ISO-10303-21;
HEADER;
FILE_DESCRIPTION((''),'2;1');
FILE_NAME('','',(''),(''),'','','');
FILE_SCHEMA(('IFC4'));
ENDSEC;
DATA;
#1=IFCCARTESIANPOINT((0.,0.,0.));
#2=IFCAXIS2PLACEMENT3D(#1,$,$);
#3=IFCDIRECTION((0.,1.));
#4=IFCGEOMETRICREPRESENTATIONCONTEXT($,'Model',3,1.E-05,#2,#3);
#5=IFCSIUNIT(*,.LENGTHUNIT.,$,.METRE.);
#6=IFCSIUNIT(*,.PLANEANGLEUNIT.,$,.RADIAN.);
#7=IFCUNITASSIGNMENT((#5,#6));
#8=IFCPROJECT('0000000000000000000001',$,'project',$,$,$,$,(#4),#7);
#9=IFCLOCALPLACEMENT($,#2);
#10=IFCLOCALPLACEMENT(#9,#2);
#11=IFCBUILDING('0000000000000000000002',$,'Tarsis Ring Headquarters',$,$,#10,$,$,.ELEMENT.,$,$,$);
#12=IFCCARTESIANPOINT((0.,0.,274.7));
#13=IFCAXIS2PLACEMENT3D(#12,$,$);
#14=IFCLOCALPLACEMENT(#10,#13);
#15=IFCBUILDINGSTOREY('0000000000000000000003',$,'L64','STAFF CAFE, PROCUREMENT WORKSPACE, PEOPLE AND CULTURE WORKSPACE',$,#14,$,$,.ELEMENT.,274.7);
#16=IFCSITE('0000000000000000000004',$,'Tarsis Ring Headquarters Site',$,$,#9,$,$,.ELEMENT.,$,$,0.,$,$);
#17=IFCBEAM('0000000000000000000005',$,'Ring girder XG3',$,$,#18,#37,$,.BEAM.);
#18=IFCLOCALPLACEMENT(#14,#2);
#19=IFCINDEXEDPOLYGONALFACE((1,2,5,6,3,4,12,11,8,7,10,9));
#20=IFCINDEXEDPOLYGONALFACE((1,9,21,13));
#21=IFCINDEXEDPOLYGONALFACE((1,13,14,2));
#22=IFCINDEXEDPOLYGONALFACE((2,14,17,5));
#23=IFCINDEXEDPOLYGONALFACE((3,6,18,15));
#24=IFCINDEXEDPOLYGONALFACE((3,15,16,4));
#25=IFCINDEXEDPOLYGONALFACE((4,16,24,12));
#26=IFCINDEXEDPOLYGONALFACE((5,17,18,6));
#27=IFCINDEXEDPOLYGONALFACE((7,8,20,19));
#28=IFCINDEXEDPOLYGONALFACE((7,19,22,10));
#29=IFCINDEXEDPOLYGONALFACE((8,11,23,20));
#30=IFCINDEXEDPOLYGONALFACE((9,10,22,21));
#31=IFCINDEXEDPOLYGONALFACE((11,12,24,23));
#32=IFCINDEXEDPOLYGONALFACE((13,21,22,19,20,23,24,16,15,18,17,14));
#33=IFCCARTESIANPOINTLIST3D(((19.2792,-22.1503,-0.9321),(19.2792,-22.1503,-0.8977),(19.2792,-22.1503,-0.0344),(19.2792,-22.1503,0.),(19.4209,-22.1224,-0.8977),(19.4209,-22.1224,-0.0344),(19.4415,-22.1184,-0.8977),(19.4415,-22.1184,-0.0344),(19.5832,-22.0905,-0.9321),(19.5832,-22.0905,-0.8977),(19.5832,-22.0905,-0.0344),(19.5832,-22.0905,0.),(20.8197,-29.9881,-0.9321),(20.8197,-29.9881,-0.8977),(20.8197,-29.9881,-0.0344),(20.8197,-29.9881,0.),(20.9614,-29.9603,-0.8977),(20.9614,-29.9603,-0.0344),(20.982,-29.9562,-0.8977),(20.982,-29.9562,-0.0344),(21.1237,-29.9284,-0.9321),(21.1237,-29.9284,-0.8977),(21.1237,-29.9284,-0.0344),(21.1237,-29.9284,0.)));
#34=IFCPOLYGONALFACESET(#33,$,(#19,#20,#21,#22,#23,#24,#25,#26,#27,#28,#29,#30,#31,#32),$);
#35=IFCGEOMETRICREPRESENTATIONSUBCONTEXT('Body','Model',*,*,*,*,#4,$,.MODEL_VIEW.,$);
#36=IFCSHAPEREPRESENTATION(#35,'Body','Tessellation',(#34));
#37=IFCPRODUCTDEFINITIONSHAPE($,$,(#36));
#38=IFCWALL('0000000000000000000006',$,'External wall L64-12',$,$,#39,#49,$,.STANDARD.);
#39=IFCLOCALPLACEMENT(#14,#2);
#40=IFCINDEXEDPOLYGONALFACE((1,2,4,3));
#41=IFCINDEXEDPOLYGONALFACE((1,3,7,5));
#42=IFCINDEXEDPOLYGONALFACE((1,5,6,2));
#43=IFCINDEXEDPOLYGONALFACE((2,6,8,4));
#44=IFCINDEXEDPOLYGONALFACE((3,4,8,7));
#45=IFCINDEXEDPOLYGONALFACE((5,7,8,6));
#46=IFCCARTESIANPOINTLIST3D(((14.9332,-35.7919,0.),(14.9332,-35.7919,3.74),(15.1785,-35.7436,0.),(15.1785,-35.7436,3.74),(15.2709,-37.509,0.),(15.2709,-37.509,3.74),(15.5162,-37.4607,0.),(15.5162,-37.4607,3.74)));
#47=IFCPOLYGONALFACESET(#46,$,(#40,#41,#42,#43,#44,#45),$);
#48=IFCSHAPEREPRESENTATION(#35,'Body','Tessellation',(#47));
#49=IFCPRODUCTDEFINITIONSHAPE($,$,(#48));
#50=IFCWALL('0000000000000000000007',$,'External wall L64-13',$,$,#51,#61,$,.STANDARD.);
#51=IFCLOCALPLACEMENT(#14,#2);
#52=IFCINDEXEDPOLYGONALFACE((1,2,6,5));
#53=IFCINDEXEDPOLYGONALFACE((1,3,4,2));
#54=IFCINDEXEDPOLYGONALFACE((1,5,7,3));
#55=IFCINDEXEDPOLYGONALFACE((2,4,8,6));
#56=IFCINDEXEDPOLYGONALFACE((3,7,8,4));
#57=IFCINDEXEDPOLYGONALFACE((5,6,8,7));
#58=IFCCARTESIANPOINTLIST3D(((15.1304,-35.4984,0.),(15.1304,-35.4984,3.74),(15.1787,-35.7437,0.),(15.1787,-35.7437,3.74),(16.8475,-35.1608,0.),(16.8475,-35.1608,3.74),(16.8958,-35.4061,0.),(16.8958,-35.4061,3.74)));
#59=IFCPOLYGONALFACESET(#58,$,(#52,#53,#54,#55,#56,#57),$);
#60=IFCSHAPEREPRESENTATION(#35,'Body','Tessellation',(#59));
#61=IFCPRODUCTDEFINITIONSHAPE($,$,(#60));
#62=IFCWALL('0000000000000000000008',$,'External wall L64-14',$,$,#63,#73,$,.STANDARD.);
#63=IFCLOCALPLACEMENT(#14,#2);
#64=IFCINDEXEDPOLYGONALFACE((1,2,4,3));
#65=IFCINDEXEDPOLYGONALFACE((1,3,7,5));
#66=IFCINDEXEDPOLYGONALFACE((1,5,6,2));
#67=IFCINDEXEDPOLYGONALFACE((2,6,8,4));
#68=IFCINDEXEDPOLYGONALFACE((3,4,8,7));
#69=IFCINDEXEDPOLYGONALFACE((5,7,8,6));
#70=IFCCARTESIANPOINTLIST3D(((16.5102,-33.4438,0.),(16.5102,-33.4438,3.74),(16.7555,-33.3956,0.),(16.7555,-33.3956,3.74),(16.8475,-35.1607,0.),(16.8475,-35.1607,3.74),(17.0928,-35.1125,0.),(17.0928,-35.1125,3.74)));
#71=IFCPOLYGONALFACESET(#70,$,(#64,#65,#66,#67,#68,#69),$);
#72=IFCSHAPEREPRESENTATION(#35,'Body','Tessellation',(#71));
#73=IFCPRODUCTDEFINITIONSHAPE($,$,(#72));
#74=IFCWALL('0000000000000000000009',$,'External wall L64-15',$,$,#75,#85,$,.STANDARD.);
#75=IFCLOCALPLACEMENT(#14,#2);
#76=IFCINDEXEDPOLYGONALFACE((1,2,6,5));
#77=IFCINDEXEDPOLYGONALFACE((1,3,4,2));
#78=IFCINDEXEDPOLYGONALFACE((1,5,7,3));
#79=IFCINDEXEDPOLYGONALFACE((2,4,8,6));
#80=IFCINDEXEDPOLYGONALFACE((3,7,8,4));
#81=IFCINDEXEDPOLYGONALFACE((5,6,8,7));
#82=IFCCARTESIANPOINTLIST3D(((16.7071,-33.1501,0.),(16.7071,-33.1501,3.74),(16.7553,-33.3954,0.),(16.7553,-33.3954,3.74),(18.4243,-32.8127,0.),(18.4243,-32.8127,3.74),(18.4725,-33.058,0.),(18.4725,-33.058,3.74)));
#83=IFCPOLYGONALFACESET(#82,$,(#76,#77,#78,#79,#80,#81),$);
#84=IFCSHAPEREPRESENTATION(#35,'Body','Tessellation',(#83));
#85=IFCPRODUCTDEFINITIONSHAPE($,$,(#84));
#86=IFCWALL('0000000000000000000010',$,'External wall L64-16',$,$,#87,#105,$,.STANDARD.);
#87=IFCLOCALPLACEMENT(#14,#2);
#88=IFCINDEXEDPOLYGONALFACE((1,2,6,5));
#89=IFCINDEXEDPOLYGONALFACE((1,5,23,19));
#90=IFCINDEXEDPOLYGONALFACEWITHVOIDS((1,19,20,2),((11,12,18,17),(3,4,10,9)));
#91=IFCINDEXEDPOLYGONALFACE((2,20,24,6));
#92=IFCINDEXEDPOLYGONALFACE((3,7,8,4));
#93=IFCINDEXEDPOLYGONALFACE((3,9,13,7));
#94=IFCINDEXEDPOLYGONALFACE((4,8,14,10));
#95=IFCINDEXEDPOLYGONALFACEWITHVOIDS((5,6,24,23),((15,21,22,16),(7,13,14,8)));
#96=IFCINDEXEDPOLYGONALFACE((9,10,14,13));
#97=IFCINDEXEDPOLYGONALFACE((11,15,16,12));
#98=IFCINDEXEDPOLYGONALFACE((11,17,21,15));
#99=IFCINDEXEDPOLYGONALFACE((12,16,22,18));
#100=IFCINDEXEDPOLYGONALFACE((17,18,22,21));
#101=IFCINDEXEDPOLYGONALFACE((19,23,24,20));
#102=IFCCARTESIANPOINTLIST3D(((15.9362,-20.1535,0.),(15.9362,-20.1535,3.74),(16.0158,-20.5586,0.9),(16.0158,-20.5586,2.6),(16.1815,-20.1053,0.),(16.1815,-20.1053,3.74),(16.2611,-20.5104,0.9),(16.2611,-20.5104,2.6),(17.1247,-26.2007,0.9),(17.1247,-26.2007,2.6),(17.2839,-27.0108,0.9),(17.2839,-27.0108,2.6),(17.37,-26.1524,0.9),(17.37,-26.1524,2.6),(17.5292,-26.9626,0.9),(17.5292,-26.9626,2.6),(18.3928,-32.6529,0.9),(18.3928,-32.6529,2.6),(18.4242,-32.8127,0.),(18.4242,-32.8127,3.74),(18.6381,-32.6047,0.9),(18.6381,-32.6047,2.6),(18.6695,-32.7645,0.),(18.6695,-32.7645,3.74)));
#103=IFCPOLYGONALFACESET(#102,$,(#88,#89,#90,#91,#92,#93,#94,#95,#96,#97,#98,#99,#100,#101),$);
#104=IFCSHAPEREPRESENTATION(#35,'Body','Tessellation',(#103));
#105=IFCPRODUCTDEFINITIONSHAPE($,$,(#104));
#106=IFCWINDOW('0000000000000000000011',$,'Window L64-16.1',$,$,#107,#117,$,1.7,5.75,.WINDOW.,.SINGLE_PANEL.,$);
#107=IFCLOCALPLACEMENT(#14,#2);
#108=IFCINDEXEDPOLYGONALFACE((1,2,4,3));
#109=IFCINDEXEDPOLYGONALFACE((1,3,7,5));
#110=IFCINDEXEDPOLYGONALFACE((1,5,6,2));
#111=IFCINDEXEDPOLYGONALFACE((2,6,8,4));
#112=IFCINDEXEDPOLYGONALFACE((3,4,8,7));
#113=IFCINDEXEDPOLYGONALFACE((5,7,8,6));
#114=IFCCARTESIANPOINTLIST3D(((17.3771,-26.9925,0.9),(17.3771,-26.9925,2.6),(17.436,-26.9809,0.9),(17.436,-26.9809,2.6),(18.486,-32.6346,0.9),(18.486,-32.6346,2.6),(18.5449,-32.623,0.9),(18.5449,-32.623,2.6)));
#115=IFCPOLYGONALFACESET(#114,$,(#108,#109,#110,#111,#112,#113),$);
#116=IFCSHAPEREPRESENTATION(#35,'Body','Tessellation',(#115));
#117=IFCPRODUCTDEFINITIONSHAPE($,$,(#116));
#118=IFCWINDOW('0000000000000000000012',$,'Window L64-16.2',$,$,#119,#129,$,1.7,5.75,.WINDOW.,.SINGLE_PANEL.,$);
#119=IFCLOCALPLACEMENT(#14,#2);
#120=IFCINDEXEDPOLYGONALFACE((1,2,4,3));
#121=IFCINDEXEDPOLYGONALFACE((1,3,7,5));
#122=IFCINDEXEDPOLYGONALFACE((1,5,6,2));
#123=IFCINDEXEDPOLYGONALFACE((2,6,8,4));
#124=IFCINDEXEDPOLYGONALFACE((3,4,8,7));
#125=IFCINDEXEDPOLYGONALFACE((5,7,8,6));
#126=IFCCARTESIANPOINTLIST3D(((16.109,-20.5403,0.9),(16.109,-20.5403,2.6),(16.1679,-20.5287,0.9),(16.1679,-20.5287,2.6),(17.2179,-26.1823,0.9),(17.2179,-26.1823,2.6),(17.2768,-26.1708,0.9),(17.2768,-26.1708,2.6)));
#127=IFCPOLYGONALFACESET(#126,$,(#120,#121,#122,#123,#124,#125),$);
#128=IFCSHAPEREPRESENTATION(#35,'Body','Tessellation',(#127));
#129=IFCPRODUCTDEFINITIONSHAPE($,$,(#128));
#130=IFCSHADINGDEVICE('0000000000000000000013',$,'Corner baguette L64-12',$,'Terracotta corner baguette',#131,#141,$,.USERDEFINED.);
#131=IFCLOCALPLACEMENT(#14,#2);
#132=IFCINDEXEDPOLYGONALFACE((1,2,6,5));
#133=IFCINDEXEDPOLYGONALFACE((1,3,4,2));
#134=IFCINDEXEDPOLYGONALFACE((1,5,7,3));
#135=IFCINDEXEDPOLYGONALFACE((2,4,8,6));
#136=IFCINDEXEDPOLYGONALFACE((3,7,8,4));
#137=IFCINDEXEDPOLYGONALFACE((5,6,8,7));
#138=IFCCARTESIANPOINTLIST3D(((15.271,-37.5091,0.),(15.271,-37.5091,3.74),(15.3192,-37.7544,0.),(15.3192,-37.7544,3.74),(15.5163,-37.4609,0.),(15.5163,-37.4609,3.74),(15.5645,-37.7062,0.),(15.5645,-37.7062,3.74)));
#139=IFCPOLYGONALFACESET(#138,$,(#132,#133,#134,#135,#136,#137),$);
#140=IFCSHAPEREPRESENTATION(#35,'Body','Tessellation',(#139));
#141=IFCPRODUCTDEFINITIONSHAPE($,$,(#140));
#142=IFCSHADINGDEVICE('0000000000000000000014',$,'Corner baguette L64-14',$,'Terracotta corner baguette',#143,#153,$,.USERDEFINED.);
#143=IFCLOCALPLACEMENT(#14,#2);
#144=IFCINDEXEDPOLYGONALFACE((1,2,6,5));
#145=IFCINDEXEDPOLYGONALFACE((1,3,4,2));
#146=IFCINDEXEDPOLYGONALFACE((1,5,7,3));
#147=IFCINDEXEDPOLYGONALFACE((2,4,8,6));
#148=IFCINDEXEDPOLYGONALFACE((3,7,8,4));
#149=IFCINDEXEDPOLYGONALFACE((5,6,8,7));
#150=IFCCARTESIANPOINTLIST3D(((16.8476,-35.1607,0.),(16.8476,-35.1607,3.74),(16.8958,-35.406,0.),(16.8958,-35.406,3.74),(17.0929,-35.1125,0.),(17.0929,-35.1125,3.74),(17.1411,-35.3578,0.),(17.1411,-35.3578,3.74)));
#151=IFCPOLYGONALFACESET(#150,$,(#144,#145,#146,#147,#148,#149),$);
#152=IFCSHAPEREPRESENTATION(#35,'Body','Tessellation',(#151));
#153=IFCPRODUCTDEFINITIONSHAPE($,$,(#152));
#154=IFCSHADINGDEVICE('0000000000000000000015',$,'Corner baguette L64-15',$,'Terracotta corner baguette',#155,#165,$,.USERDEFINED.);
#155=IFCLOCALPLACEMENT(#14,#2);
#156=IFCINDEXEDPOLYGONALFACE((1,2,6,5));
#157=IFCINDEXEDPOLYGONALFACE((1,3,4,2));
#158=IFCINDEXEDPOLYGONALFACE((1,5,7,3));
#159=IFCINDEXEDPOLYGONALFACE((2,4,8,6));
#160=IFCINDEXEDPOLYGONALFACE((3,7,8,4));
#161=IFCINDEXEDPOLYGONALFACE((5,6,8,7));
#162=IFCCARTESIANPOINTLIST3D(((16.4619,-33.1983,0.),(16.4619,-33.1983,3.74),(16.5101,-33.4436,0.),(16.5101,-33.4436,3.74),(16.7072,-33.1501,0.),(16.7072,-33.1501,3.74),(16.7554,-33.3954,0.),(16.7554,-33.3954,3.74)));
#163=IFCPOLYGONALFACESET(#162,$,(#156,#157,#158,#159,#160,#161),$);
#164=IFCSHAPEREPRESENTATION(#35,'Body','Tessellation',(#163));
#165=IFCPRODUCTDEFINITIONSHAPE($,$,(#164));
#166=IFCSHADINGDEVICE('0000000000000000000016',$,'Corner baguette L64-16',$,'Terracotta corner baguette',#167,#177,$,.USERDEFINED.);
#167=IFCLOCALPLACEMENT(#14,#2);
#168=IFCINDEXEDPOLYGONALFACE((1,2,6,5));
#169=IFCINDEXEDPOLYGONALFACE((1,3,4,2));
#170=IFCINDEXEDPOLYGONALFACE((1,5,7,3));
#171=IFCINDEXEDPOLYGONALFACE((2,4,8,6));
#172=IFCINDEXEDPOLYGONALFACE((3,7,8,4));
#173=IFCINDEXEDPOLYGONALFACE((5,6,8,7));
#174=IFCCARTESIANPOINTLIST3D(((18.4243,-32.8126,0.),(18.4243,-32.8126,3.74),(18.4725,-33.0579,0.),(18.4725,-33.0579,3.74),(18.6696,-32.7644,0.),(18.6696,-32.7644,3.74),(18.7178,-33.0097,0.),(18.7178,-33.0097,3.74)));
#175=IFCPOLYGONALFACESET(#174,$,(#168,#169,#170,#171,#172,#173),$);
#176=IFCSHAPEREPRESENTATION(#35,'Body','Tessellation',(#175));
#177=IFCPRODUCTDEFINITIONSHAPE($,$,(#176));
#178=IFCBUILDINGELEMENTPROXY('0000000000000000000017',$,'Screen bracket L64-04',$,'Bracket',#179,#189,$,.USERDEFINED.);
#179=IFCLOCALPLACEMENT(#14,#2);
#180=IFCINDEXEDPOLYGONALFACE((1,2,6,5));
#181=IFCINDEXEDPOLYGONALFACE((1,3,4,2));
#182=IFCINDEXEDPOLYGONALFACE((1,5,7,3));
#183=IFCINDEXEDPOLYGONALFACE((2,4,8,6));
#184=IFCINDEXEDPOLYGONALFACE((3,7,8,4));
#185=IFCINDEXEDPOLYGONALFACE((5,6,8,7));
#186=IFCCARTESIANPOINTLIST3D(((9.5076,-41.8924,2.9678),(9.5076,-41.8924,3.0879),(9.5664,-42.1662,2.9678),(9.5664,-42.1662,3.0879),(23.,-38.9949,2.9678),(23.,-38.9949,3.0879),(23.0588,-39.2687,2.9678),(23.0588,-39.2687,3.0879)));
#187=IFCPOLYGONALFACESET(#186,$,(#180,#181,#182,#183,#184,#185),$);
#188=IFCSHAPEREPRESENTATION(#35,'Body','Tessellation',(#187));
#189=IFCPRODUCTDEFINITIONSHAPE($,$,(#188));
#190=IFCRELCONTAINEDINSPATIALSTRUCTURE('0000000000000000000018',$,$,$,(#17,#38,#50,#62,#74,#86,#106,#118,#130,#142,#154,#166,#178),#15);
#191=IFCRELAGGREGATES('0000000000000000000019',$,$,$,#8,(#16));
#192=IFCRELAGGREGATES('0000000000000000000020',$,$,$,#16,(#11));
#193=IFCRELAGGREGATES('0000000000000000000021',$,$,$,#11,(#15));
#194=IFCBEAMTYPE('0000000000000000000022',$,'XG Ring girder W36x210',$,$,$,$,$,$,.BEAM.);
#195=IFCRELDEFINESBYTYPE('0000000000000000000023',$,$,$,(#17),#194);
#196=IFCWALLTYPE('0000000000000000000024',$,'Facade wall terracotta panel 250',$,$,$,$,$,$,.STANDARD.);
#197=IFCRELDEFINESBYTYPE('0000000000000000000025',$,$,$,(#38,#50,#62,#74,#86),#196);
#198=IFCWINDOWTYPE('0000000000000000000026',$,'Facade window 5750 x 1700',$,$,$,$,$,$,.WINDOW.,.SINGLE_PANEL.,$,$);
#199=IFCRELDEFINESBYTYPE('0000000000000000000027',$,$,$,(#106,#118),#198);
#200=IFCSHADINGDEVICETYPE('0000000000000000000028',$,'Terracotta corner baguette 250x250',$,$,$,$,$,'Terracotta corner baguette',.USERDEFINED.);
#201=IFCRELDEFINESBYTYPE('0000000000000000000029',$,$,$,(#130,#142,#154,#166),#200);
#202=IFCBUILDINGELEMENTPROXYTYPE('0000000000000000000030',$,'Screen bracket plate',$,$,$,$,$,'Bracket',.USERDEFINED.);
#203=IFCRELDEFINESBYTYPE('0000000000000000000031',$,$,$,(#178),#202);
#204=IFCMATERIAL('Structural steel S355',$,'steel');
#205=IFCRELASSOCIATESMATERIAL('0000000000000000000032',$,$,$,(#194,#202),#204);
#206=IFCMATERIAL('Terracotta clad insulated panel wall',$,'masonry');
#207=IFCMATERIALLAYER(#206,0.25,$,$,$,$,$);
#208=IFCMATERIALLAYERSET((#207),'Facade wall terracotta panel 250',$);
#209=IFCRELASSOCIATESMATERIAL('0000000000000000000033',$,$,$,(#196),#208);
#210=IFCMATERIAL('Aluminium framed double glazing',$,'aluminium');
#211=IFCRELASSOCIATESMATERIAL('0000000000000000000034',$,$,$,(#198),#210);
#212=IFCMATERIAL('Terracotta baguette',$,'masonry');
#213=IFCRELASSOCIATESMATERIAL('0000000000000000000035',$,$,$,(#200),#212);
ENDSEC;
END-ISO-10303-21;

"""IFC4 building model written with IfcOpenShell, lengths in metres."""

from ifc_helpers import new_model, si_unit, direction, frame, frame_2d, origin, origin_2d, place, context, subcontext, project, spatial, rectangle, i_section, extrude, material, layer, layer_set, material_profile, profile_set, type_object, element, fill, save


model = new_model("IFC4")

# Units and contexts
model_context = context("Model", 3, precision=1e-05, world=origin(), true_north=direction((0.0, 1.0)))
body_context = subcontext(model_context, "Body", "Model", "MODEL_VIEW")
ifc_project = project(units=[si_unit("LENGTHUNIT", "METRE"), si_unit("PLANEANGLEUNIT", "RADIAN")], contexts=[model_context])

# Site, building, storey
site_placement = place(None, origin())
site = spatial("IfcSite", under=ifc_project, at=site_placement, Name="Tarsis Ring Headquarters Site", CompositionType="ELEMENT", RefElevation=0.0)
building_placement = place(site_placement, origin())
building = spatial("IfcBuilding", under=site, at=building_placement, Name="Tarsis Ring Headquarters", CompositionType="ELEMENT")
storey_placement = place(building_placement, frame((0.0, 0.0, 274.7)))
storey = spatial("IfcBuildingStorey", under=building, at=storey_placement, Name="L64", Description="STAFF CAFE, PROCUREMENT WORKSPACE, PEOPLE AND CULTURE WORKSPACE", CompositionType="ELEMENT", Elevation=274.7)

# Shared definitions
ifc_material_1 = material(Name="Structural steel S355", Category="steel")

# Beam
ifc_material_profile_1 = material_profile(ifc_material_1, i_section(OverallWidth=0.3098, OverallDepth=0.9321, WebThickness=0.021, FlangeThickness=0.0344, at=origin_2d()), Name="W36x210")
ifc_profile_set_1 = profile_set([ifc_material_profile_1], Name="Structural steel S355")
beam_type = type_object("IfcBeamType", Name="XG Ring girder W36x210", PredefinedType="BEAM", material=ifc_profile_set_1)
for number, where, z_axis, x_axis, name in (
    (1, (20.9717, -29.9583, -0.4661), (-0.192859, 0.981227, 0.0), (-0.981227, -0.192859, 0.0), "Ring girder XG3"),
):
    element("IfcBeam", number, at=place(storey_placement, frame(where, z_axis=z_axis, x_axis=x_axis)), inside=storey, type_object=beam_type, Name=name, PredefinedType="BEAM", context=body_context, shape_type="SweptSolid", body=[
        extrude(i_section(OverallWidth=0.3098, OverallDepth=0.9321, WebThickness=0.021, FlangeThickness=0.0344, at=origin_2d()), origin(), (0.0, 0.0, 1.0), 7.9878),
    ])

# Walls
ifc_material_2 = material(Name="Terracotta clad insulated panel wall", Category="masonry")
ifc_layer = layer(ifc_material_2, 0.25)
ifc_layer_set = layer_set([ifc_layer], Name="Facade wall terracotta panel 250")
wall_type = type_object("IfcWallType", Name="Facade wall terracotta panel 250", PredefinedType="STANDARD", material=ifc_layer_set)
for number, where, z_axis, x_axis, name in (
    (2, (15.3936, -37.4849, 0.0), (0.0, 0.0, 1.0), (-0.192949, 0.981209, 0.0), "External wall L64-12"),
    (3, (15.1545, -35.6211, 0.0), (0.0, 0.0, 1.0), (0.981209, 0.192949, 0.0), "External wall L64-13"),
):
    element("IfcWall", number, at=place(storey_placement, frame(where, z_axis=z_axis, x_axis=x_axis)), inside=storey, type_object=wall_type, Name=name, PredefinedType="STANDARD", context=body_context, shape_type="SweptSolid", body=[
        extrude(rectangle(XDim=1.75, YDim=0.25, at=frame_2d((0.875, 0.0))), origin(), (0.0, 0.0, 1.0), 3.74),
    ])
wall_1_placement = place(storey_placement, frame((16.9702, -35.1367, 0.0), z_axis=(0.0, 0.0, 1.0), x_axis=(-0.192815, 0.981235, 0.0)))
element("IfcWall", 4, at=wall_1_placement, inside=storey, type_object=wall_type, Name="External wall L64-14", PredefinedType="STANDARD", context=body_context, shape_type="SweptSolid", body=[
    extrude(rectangle(XDim=1.7498, YDim=0.25, at=frame_2d((0.875, 0.0))), origin(), (0.0, 0.0, 1.0), 3.74),
])
wall_2_placement = place(storey_placement, frame((16.7312, -33.2727, 0.0), z_axis=(0.0, 0.0, 1.0), x_axis=(0.98124, 0.192788, 0.0)))
element("IfcWall", 5, at=wall_2_placement, inside=storey, type_object=wall_type, Name="External wall L64-15", PredefinedType="STANDARD", context=body_context, shape_type="SweptSolid", body=[
    extrude(rectangle(XDim=1.75, YDim=0.25, at=frame_2d((0.875, 0.0))), origin(), (0.0, 0.0, 1.0), 3.74),
])

# Wall, openings, windows
wall_3_placement = place(storey_placement, frame((18.5469, -32.7886, 0.0), z_axis=(0.0, 0.0, 1.0), x_axis=(-0.192851, 0.981228, 0.0)))
wall_3 = element("IfcWall", 6, at=wall_3_placement, inside=storey, type_object=wall_type, Name="External wall L64-16", PredefinedType="STANDARD", context=body_context, shape_type="SweptSolid", body=[
    extrude(rectangle(XDim=12.9014, YDim=0.25, at=frame_2d((6.4507, 0.0))), origin(), (0.0, 0.0, 1.0), 3.74),
])
opening_1_placement = place(wall_3_placement, frame((0.1628, 0.0, 0.8999)))
opening_1 = element("IfcOpeningElement", 7, at=opening_1_placement, cuts=wall_3, PredefinedType="OPENING", context=body_context, shape_type="SweptSolid", body=[
    extrude(rectangle(XDim=5.75, YDim=1.7, at=frame_2d((2.875, 0.8501))), frame((0.0, 0.135, 0.0), z_axis=(0.0, -1.0, 0.0), x_axis=(1.0, 0.0, 0.0)), (0.0, 0.0, 1.0), 0.27),
])
opening_2_placement = place(wall_3_placement, frame((6.7385, 0.0, 0.8999)))
opening_2 = element("IfcOpeningElement", 8, at=opening_2_placement, cuts=wall_3, PredefinedType="OPENING", context=body_context, shape_type="SweptSolid", body=[
    extrude(rectangle(XDim=5.75, YDim=1.7, at=frame_2d((2.875, 0.8501))), frame((0.0, 0.135, 0.0), z_axis=(0.0, -1.0, 0.0), x_axis=(1.0, 0.0, 0.0)), (0.0, 0.0, 1.0), 0.27),
])
ifc_material_3 = material(Name="Aluminium framed double glazing", Category="aluminium")
window_type = type_object("IfcWindowType", Name="Facade window 5750 x 1700", PartitioningType="SINGLE_PANEL", PredefinedType="WINDOW", material=ifc_material_3)
window_1_placement = place(opening_1_placement, origin())
window_1 = element("IfcWindow", 9, at=window_1_placement, inside=storey, type_object=window_type, Name="Window L64-16.1", OverallHeight=1.7, OverallWidth=5.75, PartitioningType="SINGLE_PANEL", PredefinedType="WINDOW", context=body_context, shape_type="SweptSolid", body=[
    extrude(rectangle(XDim=5.75, YDim=1.7, at=frame_2d((2.875, 0.8501))), frame((0.0, 0.03, 0.0), z_axis=(0.0, -1.0, 0.0), x_axis=(1.0, 0.0, 0.0)), (0.0, 0.0, 1.0), 0.0601),
])
fill(opening_1, window_1)
window_2_placement = place(opening_2_placement, origin())
window_2 = element("IfcWindow", 10, at=window_2_placement, inside=storey, type_object=window_type, Name="Window L64-16.2", OverallHeight=1.7, OverallWidth=5.75, PartitioningType="SINGLE_PANEL", PredefinedType="WINDOW", context=body_context, shape_type="SweptSolid", body=[
    extrude(rectangle(XDim=5.75, YDim=1.7, at=frame_2d((2.875, 0.8501))), frame((0.0, 0.03, 0.0), z_axis=(0.0, -1.0, 0.0), x_axis=(1.0, 0.0, 0.0)), (0.0, 0.0, 1.0), 0.0601),
])
fill(opening_2, window_2)

# Shading devices
ifc_material_4 = material(Name="Terracotta baguette", Category="masonry")
shading_device_type_1 = type_object("IfcShadingDeviceType", Name="Terracotta corner baguette 250x250", ElementType="Terracotta corner baguette", PredefinedType="USERDEFINED", material=ifc_material_4)
for number, where, z_axis, x_axis, name in (
    (11, (15.4177, -37.6077, 0.0), (0.0, 0.0, 1.0), (0.981225, 0.192864, 0.0), "Corner baguette L64-12"),
    (12, (16.9944, -35.2593, 0.0), (0.0, 0.0, 1.0), (0.981225, 0.192865, 0.0), "Corner baguette L64-14"),
    (13, (16.6086, -33.2969, 0.0), (0.0, 0.0, 1.0), (-0.192865, 0.981225, 0.0), "Corner baguette L64-15"),
    (14, (18.571, -32.9111, 0.0), (0.0, 0.0, 1.0), (0.981225, 0.192864, 0.0), "Corner baguette L64-16"),
):
    element("IfcShadingDevice", number, at=place(storey_placement, frame(where, z_axis=z_axis, x_axis=x_axis)), inside=storey, type_object=shading_device_type_1, Name=name, ObjectType="Terracotta corner baguette", PredefinedType="USERDEFINED", context=body_context, shape_type="SweptSolid", body=[
        extrude(rectangle(XDim=0.25, YDim=0.25, at=origin_2d()), origin(), (0.0, 0.0, 1.0), 3.74),
    ])

# Building element proxy
building_element_proxy_type = type_object("IfcBuildingElementProxyType", Name="Screen bracket plate", ElementType="Bracket", PredefinedType="USERDEFINED", material=ifc_material_1)
proxy_placement = place(storey_placement, frame((16.2832, -40.5806, 2.9678), z_axis=(0.0, 0.0, 1.0), x_axis=(0.97771, 0.20996, 0.0)))
element("IfcBuildingElementProxy", 15, at=proxy_placement, inside=storey, type_object=building_element_proxy_type, Name="Screen bracket L64-04", ObjectType="Bracket", PredefinedType="USERDEFINED", context=body_context, shape_type="SweptSolid", body=[
    extrude(rectangle(XDim=13.8, YDim=0.28, at=origin_2d()), origin(), (0.0, 0.0, 1.0), 0.1201),
])

save(model, "model.ifc")
